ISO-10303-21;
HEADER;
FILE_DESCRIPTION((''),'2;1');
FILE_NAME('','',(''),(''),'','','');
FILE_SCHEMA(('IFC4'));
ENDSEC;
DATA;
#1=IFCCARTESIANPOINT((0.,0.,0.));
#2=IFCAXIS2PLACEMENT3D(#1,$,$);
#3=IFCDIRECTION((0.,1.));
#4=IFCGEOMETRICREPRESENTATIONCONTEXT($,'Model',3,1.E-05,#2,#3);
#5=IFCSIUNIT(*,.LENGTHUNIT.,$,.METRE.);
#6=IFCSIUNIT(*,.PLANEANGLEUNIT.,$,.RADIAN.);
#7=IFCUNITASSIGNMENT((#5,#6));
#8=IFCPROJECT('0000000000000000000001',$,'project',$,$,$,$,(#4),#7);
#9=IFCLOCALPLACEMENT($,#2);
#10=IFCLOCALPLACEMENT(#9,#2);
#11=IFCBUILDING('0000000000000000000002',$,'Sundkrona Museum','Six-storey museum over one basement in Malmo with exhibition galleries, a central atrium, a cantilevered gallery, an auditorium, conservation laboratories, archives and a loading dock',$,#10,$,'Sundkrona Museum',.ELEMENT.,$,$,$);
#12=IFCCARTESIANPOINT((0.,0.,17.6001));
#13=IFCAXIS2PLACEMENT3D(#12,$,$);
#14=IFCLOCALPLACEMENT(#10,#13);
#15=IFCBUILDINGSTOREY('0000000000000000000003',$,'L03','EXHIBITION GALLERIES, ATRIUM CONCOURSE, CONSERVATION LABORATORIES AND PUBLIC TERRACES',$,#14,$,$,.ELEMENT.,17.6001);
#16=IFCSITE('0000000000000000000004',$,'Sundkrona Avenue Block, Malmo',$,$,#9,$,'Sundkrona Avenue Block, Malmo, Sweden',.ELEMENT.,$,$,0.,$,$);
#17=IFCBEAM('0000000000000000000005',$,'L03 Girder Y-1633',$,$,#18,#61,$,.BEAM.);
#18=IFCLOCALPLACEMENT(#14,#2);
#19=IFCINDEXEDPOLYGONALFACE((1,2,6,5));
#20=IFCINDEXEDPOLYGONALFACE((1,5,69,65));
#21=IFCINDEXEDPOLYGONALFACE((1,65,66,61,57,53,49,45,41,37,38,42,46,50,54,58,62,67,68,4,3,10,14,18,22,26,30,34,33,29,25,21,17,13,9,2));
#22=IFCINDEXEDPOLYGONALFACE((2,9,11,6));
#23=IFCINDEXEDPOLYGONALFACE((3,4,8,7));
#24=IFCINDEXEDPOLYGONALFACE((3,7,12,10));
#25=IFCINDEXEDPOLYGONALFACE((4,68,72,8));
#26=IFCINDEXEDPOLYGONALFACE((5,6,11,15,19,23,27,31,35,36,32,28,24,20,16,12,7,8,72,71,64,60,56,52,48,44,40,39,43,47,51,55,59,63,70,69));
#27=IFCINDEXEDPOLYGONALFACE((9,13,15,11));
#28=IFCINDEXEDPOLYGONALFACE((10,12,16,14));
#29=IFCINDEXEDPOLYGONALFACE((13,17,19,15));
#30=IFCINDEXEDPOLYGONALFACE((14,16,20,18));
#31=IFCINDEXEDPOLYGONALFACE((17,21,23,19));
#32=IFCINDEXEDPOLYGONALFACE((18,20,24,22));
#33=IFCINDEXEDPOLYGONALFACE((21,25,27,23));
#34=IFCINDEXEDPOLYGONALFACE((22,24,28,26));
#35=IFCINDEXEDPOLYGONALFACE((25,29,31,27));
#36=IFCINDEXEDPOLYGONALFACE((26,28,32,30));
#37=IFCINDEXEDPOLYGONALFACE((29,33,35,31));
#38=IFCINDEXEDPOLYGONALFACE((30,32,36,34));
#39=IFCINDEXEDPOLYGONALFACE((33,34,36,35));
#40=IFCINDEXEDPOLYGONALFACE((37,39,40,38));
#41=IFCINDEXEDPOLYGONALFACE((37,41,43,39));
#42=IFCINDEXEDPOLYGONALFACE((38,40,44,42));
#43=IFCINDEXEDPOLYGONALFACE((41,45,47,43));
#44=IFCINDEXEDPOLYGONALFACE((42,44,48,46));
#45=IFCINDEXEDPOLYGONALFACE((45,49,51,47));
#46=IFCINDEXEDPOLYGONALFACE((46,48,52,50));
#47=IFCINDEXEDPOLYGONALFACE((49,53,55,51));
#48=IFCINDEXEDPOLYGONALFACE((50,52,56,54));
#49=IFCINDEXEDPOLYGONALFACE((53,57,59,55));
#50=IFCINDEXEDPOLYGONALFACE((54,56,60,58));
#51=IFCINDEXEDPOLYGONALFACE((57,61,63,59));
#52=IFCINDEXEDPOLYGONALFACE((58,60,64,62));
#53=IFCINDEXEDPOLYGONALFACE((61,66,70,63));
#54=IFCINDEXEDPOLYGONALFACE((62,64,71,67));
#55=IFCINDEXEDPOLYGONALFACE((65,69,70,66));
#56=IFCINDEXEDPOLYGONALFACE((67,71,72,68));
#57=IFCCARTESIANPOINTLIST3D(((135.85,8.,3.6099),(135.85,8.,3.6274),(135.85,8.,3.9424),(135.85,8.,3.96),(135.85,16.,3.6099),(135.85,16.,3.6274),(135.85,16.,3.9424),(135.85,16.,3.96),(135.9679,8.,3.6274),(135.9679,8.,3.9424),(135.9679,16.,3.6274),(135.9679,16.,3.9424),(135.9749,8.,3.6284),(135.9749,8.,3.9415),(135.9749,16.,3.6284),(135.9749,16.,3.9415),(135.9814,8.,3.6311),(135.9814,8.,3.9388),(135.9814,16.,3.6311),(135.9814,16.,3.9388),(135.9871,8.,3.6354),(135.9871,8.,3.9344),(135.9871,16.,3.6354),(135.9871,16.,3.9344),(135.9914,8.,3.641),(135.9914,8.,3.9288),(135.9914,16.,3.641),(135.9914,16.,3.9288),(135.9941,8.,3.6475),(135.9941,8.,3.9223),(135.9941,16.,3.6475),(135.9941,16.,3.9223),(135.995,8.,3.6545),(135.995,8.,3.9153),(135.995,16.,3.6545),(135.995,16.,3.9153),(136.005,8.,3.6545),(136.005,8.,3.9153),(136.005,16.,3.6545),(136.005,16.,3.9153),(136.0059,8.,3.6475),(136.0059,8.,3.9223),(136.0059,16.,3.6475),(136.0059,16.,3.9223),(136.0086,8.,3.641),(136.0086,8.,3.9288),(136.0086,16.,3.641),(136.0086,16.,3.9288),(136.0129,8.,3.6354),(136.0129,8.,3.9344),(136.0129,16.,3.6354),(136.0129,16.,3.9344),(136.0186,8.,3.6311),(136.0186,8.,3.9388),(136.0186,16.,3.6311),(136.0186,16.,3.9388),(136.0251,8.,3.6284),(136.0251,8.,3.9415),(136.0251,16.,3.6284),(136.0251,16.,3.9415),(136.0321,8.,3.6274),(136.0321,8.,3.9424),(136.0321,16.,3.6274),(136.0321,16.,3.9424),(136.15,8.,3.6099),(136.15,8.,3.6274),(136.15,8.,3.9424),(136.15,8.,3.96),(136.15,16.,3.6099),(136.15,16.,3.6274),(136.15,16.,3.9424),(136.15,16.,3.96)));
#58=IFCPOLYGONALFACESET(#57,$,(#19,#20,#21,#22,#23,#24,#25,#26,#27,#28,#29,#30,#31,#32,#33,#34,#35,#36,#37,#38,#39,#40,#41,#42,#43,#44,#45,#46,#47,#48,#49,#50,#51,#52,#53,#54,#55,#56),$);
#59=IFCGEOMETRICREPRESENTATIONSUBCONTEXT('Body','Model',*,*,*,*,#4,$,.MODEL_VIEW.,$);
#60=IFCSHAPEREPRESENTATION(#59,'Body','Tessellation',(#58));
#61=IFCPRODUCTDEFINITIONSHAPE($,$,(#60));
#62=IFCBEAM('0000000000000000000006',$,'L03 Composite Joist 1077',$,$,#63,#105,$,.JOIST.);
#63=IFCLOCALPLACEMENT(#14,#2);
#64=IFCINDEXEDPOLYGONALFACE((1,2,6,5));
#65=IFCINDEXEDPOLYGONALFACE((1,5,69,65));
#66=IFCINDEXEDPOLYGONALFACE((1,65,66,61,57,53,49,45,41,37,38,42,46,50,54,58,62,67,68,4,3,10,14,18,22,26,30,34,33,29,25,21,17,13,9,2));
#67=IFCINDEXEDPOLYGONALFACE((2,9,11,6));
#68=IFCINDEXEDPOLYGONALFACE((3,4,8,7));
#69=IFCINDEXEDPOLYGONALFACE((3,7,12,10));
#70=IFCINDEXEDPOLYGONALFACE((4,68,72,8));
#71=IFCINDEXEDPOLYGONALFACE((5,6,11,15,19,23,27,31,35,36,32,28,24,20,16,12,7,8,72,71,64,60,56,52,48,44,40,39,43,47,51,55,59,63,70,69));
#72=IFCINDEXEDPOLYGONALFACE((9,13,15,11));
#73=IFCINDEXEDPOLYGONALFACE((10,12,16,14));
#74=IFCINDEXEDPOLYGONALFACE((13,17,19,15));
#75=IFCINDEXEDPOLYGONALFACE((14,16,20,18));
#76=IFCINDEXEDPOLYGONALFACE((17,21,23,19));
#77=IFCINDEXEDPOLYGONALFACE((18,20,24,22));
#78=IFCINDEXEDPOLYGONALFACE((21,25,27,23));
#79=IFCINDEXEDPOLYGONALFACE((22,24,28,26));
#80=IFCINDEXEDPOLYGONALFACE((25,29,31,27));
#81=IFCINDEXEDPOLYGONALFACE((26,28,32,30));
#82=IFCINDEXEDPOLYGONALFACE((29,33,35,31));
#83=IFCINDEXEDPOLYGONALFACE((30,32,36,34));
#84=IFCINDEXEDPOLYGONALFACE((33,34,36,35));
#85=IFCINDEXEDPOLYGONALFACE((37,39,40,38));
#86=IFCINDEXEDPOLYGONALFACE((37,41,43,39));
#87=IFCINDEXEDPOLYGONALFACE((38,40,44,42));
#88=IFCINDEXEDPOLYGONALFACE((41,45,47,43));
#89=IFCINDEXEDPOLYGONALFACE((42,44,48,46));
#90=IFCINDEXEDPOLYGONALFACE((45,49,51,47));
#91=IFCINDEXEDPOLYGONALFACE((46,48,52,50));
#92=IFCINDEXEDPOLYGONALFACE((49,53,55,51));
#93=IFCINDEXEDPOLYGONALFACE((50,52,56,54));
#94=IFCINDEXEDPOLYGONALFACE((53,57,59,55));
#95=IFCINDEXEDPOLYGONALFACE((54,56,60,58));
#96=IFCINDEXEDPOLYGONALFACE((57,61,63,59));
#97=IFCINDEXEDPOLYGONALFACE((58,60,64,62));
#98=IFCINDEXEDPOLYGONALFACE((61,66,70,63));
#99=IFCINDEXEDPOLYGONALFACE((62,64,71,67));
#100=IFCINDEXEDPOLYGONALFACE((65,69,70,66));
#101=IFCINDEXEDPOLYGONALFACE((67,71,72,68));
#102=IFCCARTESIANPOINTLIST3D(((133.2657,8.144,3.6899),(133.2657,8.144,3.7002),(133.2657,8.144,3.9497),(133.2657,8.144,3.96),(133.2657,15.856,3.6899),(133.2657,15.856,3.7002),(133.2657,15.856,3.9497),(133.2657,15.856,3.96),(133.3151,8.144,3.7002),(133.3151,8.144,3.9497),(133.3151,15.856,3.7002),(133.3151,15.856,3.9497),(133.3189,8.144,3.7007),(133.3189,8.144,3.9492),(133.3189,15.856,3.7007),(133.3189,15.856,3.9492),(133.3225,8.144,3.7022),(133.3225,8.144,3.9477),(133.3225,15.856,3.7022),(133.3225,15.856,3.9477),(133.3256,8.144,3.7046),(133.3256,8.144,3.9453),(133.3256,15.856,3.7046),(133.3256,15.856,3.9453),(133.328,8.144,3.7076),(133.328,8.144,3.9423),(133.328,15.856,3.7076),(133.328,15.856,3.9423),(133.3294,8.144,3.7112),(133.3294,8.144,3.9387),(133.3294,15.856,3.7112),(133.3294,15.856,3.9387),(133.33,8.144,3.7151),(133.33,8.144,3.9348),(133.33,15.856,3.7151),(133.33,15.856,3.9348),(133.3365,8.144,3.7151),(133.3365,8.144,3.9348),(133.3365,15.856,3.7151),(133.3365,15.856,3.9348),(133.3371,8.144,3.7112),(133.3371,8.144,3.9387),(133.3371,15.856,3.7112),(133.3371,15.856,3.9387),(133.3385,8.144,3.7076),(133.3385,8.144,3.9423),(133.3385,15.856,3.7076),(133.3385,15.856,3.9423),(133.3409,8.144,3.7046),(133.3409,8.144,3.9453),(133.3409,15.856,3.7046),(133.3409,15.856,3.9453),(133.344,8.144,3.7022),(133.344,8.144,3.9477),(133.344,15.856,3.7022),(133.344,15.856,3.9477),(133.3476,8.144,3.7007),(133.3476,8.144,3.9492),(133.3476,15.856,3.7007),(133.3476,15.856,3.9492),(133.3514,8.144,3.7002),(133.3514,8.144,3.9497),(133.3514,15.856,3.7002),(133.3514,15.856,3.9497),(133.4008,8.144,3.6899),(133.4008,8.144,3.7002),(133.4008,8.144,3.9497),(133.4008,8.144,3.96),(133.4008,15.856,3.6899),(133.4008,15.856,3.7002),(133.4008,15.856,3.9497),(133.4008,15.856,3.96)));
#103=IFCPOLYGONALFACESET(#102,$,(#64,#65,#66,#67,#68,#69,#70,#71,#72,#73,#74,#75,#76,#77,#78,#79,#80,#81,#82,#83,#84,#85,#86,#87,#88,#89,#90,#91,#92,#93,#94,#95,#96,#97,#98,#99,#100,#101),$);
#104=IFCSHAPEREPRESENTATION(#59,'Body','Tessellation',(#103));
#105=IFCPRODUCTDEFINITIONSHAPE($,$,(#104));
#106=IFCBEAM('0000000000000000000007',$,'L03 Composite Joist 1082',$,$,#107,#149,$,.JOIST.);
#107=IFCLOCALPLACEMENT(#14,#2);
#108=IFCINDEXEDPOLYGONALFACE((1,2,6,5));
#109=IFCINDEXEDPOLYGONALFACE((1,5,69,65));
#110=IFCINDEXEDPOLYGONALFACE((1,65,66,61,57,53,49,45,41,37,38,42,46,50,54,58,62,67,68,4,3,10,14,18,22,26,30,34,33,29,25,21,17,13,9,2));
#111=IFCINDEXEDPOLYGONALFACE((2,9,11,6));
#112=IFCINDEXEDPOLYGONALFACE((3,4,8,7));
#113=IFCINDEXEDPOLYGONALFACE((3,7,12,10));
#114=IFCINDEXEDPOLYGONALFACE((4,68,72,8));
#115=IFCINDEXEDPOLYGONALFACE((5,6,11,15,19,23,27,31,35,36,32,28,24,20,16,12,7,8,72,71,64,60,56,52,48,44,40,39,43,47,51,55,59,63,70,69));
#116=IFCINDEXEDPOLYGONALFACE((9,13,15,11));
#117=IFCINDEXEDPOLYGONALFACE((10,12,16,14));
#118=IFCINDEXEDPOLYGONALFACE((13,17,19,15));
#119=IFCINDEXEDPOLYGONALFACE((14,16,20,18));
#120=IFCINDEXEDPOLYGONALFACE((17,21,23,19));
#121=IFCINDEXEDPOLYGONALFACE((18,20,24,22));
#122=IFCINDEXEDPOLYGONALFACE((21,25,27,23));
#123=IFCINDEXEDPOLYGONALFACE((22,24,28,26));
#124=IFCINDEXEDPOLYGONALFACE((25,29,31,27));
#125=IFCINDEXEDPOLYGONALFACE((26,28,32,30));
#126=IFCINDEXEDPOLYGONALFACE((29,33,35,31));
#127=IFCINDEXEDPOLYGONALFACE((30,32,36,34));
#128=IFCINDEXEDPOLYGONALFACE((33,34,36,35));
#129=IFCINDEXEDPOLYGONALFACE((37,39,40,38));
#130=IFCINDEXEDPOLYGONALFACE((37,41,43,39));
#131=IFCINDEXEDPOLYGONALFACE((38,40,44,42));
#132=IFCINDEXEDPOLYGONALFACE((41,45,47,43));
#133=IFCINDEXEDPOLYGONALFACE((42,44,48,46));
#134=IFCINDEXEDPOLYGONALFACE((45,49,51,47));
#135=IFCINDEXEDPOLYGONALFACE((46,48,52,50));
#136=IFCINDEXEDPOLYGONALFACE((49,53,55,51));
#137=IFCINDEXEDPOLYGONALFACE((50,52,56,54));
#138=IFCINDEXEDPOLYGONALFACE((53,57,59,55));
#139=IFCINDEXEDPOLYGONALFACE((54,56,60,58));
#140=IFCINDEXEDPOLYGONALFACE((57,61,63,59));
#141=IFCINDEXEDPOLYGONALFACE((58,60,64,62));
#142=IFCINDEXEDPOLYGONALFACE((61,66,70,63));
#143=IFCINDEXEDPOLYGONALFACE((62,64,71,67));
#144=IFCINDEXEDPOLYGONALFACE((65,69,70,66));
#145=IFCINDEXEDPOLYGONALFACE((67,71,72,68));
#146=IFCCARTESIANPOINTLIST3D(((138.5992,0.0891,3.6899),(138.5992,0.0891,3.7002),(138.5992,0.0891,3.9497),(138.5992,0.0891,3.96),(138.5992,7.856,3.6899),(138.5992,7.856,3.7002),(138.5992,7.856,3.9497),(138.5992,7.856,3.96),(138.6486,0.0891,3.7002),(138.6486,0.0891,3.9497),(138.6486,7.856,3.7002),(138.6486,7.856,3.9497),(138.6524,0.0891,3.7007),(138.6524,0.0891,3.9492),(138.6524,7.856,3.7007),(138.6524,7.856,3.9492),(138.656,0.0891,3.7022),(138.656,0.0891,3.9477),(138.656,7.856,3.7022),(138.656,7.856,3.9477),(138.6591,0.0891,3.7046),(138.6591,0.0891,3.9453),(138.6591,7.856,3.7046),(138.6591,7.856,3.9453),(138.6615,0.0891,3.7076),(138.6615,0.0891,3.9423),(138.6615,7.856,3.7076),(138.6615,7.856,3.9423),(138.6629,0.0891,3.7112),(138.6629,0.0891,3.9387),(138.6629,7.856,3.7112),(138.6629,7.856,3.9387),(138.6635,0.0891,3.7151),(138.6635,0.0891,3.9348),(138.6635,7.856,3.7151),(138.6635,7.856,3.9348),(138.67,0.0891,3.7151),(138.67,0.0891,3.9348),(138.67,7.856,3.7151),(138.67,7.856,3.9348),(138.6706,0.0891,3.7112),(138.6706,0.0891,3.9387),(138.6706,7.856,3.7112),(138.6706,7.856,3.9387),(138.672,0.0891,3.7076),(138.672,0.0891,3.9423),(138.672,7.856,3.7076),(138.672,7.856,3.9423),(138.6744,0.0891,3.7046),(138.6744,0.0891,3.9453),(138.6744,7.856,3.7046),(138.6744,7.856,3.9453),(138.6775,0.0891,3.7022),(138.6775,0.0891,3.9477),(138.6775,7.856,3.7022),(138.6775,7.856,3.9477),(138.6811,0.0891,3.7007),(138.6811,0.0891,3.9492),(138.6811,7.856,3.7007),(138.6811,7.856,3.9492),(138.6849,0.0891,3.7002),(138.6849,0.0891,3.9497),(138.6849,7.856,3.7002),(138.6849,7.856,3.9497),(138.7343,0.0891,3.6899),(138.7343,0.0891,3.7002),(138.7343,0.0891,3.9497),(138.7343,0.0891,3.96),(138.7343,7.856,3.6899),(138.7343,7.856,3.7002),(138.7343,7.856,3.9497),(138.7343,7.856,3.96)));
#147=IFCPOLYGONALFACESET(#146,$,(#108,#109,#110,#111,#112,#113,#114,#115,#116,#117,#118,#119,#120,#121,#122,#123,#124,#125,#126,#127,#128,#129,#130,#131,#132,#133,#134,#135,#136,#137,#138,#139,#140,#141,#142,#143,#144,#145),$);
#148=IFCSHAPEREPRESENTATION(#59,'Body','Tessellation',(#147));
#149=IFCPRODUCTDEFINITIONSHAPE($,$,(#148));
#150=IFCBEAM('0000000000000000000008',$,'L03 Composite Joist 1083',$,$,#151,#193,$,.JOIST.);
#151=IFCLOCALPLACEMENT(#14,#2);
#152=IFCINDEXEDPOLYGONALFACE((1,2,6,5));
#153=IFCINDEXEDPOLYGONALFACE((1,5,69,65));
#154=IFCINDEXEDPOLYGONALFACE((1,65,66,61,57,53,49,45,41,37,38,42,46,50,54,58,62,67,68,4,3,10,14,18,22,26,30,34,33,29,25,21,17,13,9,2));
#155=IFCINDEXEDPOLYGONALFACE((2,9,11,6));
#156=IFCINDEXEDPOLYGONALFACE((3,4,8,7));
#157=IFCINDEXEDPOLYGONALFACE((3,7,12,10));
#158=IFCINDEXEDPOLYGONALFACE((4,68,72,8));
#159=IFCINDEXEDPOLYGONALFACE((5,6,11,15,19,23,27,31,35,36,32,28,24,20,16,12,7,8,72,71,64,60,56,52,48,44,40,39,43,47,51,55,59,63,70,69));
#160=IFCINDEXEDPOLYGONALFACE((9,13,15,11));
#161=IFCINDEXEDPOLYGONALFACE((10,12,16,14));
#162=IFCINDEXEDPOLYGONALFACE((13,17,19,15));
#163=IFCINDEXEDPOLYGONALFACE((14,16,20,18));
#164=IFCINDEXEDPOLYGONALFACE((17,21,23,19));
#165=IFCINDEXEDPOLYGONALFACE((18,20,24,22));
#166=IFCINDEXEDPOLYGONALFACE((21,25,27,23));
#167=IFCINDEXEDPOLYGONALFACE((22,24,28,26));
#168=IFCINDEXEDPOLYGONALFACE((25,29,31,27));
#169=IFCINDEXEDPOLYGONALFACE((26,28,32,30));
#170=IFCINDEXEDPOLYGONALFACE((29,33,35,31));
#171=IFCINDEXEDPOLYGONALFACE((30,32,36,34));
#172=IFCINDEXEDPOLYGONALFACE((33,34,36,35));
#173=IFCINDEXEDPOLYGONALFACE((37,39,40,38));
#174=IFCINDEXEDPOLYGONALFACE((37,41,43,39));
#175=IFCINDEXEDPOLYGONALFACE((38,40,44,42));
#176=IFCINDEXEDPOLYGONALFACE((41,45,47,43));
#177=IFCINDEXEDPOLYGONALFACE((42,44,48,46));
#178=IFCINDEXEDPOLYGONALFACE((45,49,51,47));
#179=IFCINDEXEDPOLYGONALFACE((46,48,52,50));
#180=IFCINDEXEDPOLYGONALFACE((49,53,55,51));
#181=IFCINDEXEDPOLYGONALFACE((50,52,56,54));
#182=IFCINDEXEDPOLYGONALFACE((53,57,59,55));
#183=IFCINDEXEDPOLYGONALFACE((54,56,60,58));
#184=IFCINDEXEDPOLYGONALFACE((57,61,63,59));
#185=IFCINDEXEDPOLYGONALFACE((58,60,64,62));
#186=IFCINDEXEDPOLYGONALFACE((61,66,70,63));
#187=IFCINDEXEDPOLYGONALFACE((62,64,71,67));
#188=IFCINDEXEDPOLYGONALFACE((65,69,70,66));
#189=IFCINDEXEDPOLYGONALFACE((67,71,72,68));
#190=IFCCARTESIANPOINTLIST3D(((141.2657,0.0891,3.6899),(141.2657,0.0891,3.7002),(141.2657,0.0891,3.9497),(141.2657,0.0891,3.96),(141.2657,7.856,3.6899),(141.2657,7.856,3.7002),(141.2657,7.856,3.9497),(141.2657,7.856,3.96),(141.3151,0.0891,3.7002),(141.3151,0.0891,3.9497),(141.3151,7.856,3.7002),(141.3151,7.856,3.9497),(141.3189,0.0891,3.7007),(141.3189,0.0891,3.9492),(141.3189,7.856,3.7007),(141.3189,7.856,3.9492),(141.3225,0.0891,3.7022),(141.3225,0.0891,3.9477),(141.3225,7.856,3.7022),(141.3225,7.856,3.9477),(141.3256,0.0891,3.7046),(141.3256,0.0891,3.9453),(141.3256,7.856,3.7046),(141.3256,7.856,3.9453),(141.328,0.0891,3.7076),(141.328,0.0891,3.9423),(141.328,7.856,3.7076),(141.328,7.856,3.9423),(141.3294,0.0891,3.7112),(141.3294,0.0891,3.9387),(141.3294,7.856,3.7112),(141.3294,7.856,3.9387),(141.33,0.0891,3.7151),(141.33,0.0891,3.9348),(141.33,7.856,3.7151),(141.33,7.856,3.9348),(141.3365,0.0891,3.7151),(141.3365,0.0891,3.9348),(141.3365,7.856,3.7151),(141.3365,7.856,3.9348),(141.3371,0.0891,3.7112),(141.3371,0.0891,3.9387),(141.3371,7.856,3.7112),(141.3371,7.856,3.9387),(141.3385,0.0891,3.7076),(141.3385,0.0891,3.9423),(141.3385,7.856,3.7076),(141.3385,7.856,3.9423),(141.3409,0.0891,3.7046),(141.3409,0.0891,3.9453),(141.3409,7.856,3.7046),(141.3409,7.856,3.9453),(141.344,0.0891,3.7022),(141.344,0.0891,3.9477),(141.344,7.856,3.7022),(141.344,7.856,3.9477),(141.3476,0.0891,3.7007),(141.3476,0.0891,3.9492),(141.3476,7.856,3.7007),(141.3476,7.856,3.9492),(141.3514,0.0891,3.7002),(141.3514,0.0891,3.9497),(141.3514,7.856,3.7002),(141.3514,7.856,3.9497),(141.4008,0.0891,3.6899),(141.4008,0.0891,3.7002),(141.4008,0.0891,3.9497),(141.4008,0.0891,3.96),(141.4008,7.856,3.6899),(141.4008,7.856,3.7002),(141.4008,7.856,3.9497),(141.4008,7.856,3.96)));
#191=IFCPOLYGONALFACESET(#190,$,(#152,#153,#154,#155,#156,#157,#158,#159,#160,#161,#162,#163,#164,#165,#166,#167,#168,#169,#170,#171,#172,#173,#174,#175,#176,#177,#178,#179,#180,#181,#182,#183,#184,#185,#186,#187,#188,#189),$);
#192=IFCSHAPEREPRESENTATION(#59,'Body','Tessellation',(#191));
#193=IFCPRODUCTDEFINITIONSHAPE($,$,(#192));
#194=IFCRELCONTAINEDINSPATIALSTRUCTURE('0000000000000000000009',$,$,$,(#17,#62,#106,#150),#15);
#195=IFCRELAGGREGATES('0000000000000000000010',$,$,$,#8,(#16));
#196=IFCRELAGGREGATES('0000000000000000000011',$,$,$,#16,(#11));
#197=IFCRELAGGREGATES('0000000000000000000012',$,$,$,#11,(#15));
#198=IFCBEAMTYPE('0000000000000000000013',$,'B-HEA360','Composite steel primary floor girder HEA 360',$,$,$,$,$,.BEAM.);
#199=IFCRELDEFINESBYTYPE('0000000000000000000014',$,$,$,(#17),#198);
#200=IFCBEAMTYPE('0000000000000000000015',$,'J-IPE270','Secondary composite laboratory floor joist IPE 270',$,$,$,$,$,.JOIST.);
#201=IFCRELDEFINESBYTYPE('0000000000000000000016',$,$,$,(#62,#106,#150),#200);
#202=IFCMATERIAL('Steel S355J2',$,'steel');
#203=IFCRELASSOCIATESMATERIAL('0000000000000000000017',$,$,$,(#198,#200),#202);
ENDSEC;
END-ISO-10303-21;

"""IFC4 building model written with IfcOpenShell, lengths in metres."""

from ifc_helpers import new_model, si_unit, direction, frame, origin, origin_2d, place, context, subcontext, project, spatial, i_section, extrude, material, material_profile, profile_set, type_object, element, save


model = new_model("IFC4")

# Units and contexts
model_context = context("Model", 3, precision=1e-05, world=origin(), true_north=direction((0.0, 1.0)))
body_context = subcontext(model_context, "Body", "Model", "MODEL_VIEW")
ifc_project = project(units=[si_unit("LENGTHUNIT", "METRE"), si_unit("PLANEANGLEUNIT", "RADIAN")], contexts=[model_context])

# Site, building, storey
site_placement = place(None, origin())
site = spatial("IfcSite", under=ifc_project, at=site_placement, Name="Sundkrona Avenue Block, Malmo", LongName="Sundkrona Avenue Block, Malmo, Sweden", CompositionType="ELEMENT", RefElevation=0.0)
building_placement = place(site_placement, origin())
building = spatial("IfcBuilding", under=site, at=building_placement, Name="Sundkrona Museum", Description="Six-storey museum over one basement in Malmo with exhibition galleries, a central atrium, a cantilevered gallery, an auditorium, conservation laboratories, archives and a loading dock", LongName="Sundkrona Museum", CompositionType="ELEMENT")
storey_placement = place(building_placement, frame((0.0, 0.0, 17.6001)))
storey = spatial("IfcBuildingStorey", under=building, at=storey_placement, Name="L03", Description="EXHIBITION GALLERIES, ATRIUM CONCOURSE, CONSERVATION LABORATORIES AND PUBLIC TERRACES", CompositionType="ELEMENT", Elevation=17.6001)

# Shared definitions
ifc_material_1 = material(Name="Steel S355J2", Category="steel")

# Beams
ifc_material_profile_1 = material_profile(ifc_material_1, i_section(OverallWidth=0.3, OverallDepth=0.3501, WebThickness=0.01, FlangeThickness=0.0176, FilletRadius=0.0271, at=origin_2d()), Name="HEA 360")
ifc_profile_set_1 = profile_set([ifc_material_profile_1], Name="Steel S355J2")
beam_type_1 = type_object("IfcBeamType", Name="B-HEA360", Description="Composite steel primary floor girder HEA 360", PredefinedType="BEAM", material=ifc_profile_set_1)
for number, where, z_axis, x_axis, name in (
    (1, (136.0, 8.0, 3.7849), (0.0, 1.0, 0.0), (-1.0, 0.0, 0.0), "L03 Girder Y-1633"),
):
    element("IfcBeam", number, at=place(storey_placement, frame(where, z_axis=z_axis, x_axis=x_axis)), inside=storey, type_object=beam_type_1, Name=name, PredefinedType="BEAM", context=body_context, shape_type="SweptSolid", body=[
        extrude(i_section(OverallWidth=0.3, OverallDepth=0.3501, WebThickness=0.01, FlangeThickness=0.0176, FilletRadius=0.0271, at=origin_2d()), origin(), (0.0, 0.0, 1.0), 8.0),
    ])
ifc_material_profile_2 = material_profile(ifc_material_1, i_section(OverallWidth=0.135, OverallDepth=0.27, WebThickness=0.0066, FlangeThickness=0.0103, FilletRadius=0.0149, at=origin_2d()), Name="IPE 270")
ifc_profile_set_2 = profile_set([ifc_material_profile_2], Name="Steel S355J2")
beam_type_2 = type_object("IfcBeamType", Name="J-IPE270", Description="Secondary composite laboratory floor joist IPE 270", PredefinedType="JOIST", material=ifc_profile_set_2)
beam_1_placement = place(storey_placement, frame((133.3333, 8.144, 3.825), z_axis=(0.0, 1.0, 0.0), x_axis=(-1.0, 0.0, 0.0)))
element("IfcBeam", 2, at=beam_1_placement, inside=storey, type_object=beam_type_2, Name="L03 Composite Joist 1077", PredefinedType="JOIST", context=body_context, shape_type="SweptSolid", body=[
    extrude(i_section(OverallWidth=0.135, OverallDepth=0.27, WebThickness=0.0066, FlangeThickness=0.0103, FilletRadius=0.0149, at=origin_2d()), origin(), (0.0, 0.0, 1.0), 7.7119),
])
for number, where, z_axis, x_axis, name in (
    (3, (138.6667, 0.0891, 3.825), (0.0, 1.0, 0.0), (-1.0, 0.0, 0.0), "L03 Composite Joist 1082"),
    (4, (141.3333, 0.0891, 3.825), (0.0, 1.0, 0.0), (-1.0, 0.0, 0.0), "L03 Composite Joist 1083"),
):
    element("IfcBeam", number, at=place(storey_placement, frame(where, z_axis=z_axis, x_axis=x_axis)), inside=storey, type_object=beam_type_2, Name=name, PredefinedType="JOIST", context=body_context, shape_type="SweptSolid", body=[
        extrude(i_section(OverallWidth=0.135, OverallDepth=0.27, WebThickness=0.0066, FlangeThickness=0.0103, FilletRadius=0.0149, at=origin_2d()), origin(), (0.0, 0.0, 1.0), 7.7668),
    ])

save(model, "model.ifc")
